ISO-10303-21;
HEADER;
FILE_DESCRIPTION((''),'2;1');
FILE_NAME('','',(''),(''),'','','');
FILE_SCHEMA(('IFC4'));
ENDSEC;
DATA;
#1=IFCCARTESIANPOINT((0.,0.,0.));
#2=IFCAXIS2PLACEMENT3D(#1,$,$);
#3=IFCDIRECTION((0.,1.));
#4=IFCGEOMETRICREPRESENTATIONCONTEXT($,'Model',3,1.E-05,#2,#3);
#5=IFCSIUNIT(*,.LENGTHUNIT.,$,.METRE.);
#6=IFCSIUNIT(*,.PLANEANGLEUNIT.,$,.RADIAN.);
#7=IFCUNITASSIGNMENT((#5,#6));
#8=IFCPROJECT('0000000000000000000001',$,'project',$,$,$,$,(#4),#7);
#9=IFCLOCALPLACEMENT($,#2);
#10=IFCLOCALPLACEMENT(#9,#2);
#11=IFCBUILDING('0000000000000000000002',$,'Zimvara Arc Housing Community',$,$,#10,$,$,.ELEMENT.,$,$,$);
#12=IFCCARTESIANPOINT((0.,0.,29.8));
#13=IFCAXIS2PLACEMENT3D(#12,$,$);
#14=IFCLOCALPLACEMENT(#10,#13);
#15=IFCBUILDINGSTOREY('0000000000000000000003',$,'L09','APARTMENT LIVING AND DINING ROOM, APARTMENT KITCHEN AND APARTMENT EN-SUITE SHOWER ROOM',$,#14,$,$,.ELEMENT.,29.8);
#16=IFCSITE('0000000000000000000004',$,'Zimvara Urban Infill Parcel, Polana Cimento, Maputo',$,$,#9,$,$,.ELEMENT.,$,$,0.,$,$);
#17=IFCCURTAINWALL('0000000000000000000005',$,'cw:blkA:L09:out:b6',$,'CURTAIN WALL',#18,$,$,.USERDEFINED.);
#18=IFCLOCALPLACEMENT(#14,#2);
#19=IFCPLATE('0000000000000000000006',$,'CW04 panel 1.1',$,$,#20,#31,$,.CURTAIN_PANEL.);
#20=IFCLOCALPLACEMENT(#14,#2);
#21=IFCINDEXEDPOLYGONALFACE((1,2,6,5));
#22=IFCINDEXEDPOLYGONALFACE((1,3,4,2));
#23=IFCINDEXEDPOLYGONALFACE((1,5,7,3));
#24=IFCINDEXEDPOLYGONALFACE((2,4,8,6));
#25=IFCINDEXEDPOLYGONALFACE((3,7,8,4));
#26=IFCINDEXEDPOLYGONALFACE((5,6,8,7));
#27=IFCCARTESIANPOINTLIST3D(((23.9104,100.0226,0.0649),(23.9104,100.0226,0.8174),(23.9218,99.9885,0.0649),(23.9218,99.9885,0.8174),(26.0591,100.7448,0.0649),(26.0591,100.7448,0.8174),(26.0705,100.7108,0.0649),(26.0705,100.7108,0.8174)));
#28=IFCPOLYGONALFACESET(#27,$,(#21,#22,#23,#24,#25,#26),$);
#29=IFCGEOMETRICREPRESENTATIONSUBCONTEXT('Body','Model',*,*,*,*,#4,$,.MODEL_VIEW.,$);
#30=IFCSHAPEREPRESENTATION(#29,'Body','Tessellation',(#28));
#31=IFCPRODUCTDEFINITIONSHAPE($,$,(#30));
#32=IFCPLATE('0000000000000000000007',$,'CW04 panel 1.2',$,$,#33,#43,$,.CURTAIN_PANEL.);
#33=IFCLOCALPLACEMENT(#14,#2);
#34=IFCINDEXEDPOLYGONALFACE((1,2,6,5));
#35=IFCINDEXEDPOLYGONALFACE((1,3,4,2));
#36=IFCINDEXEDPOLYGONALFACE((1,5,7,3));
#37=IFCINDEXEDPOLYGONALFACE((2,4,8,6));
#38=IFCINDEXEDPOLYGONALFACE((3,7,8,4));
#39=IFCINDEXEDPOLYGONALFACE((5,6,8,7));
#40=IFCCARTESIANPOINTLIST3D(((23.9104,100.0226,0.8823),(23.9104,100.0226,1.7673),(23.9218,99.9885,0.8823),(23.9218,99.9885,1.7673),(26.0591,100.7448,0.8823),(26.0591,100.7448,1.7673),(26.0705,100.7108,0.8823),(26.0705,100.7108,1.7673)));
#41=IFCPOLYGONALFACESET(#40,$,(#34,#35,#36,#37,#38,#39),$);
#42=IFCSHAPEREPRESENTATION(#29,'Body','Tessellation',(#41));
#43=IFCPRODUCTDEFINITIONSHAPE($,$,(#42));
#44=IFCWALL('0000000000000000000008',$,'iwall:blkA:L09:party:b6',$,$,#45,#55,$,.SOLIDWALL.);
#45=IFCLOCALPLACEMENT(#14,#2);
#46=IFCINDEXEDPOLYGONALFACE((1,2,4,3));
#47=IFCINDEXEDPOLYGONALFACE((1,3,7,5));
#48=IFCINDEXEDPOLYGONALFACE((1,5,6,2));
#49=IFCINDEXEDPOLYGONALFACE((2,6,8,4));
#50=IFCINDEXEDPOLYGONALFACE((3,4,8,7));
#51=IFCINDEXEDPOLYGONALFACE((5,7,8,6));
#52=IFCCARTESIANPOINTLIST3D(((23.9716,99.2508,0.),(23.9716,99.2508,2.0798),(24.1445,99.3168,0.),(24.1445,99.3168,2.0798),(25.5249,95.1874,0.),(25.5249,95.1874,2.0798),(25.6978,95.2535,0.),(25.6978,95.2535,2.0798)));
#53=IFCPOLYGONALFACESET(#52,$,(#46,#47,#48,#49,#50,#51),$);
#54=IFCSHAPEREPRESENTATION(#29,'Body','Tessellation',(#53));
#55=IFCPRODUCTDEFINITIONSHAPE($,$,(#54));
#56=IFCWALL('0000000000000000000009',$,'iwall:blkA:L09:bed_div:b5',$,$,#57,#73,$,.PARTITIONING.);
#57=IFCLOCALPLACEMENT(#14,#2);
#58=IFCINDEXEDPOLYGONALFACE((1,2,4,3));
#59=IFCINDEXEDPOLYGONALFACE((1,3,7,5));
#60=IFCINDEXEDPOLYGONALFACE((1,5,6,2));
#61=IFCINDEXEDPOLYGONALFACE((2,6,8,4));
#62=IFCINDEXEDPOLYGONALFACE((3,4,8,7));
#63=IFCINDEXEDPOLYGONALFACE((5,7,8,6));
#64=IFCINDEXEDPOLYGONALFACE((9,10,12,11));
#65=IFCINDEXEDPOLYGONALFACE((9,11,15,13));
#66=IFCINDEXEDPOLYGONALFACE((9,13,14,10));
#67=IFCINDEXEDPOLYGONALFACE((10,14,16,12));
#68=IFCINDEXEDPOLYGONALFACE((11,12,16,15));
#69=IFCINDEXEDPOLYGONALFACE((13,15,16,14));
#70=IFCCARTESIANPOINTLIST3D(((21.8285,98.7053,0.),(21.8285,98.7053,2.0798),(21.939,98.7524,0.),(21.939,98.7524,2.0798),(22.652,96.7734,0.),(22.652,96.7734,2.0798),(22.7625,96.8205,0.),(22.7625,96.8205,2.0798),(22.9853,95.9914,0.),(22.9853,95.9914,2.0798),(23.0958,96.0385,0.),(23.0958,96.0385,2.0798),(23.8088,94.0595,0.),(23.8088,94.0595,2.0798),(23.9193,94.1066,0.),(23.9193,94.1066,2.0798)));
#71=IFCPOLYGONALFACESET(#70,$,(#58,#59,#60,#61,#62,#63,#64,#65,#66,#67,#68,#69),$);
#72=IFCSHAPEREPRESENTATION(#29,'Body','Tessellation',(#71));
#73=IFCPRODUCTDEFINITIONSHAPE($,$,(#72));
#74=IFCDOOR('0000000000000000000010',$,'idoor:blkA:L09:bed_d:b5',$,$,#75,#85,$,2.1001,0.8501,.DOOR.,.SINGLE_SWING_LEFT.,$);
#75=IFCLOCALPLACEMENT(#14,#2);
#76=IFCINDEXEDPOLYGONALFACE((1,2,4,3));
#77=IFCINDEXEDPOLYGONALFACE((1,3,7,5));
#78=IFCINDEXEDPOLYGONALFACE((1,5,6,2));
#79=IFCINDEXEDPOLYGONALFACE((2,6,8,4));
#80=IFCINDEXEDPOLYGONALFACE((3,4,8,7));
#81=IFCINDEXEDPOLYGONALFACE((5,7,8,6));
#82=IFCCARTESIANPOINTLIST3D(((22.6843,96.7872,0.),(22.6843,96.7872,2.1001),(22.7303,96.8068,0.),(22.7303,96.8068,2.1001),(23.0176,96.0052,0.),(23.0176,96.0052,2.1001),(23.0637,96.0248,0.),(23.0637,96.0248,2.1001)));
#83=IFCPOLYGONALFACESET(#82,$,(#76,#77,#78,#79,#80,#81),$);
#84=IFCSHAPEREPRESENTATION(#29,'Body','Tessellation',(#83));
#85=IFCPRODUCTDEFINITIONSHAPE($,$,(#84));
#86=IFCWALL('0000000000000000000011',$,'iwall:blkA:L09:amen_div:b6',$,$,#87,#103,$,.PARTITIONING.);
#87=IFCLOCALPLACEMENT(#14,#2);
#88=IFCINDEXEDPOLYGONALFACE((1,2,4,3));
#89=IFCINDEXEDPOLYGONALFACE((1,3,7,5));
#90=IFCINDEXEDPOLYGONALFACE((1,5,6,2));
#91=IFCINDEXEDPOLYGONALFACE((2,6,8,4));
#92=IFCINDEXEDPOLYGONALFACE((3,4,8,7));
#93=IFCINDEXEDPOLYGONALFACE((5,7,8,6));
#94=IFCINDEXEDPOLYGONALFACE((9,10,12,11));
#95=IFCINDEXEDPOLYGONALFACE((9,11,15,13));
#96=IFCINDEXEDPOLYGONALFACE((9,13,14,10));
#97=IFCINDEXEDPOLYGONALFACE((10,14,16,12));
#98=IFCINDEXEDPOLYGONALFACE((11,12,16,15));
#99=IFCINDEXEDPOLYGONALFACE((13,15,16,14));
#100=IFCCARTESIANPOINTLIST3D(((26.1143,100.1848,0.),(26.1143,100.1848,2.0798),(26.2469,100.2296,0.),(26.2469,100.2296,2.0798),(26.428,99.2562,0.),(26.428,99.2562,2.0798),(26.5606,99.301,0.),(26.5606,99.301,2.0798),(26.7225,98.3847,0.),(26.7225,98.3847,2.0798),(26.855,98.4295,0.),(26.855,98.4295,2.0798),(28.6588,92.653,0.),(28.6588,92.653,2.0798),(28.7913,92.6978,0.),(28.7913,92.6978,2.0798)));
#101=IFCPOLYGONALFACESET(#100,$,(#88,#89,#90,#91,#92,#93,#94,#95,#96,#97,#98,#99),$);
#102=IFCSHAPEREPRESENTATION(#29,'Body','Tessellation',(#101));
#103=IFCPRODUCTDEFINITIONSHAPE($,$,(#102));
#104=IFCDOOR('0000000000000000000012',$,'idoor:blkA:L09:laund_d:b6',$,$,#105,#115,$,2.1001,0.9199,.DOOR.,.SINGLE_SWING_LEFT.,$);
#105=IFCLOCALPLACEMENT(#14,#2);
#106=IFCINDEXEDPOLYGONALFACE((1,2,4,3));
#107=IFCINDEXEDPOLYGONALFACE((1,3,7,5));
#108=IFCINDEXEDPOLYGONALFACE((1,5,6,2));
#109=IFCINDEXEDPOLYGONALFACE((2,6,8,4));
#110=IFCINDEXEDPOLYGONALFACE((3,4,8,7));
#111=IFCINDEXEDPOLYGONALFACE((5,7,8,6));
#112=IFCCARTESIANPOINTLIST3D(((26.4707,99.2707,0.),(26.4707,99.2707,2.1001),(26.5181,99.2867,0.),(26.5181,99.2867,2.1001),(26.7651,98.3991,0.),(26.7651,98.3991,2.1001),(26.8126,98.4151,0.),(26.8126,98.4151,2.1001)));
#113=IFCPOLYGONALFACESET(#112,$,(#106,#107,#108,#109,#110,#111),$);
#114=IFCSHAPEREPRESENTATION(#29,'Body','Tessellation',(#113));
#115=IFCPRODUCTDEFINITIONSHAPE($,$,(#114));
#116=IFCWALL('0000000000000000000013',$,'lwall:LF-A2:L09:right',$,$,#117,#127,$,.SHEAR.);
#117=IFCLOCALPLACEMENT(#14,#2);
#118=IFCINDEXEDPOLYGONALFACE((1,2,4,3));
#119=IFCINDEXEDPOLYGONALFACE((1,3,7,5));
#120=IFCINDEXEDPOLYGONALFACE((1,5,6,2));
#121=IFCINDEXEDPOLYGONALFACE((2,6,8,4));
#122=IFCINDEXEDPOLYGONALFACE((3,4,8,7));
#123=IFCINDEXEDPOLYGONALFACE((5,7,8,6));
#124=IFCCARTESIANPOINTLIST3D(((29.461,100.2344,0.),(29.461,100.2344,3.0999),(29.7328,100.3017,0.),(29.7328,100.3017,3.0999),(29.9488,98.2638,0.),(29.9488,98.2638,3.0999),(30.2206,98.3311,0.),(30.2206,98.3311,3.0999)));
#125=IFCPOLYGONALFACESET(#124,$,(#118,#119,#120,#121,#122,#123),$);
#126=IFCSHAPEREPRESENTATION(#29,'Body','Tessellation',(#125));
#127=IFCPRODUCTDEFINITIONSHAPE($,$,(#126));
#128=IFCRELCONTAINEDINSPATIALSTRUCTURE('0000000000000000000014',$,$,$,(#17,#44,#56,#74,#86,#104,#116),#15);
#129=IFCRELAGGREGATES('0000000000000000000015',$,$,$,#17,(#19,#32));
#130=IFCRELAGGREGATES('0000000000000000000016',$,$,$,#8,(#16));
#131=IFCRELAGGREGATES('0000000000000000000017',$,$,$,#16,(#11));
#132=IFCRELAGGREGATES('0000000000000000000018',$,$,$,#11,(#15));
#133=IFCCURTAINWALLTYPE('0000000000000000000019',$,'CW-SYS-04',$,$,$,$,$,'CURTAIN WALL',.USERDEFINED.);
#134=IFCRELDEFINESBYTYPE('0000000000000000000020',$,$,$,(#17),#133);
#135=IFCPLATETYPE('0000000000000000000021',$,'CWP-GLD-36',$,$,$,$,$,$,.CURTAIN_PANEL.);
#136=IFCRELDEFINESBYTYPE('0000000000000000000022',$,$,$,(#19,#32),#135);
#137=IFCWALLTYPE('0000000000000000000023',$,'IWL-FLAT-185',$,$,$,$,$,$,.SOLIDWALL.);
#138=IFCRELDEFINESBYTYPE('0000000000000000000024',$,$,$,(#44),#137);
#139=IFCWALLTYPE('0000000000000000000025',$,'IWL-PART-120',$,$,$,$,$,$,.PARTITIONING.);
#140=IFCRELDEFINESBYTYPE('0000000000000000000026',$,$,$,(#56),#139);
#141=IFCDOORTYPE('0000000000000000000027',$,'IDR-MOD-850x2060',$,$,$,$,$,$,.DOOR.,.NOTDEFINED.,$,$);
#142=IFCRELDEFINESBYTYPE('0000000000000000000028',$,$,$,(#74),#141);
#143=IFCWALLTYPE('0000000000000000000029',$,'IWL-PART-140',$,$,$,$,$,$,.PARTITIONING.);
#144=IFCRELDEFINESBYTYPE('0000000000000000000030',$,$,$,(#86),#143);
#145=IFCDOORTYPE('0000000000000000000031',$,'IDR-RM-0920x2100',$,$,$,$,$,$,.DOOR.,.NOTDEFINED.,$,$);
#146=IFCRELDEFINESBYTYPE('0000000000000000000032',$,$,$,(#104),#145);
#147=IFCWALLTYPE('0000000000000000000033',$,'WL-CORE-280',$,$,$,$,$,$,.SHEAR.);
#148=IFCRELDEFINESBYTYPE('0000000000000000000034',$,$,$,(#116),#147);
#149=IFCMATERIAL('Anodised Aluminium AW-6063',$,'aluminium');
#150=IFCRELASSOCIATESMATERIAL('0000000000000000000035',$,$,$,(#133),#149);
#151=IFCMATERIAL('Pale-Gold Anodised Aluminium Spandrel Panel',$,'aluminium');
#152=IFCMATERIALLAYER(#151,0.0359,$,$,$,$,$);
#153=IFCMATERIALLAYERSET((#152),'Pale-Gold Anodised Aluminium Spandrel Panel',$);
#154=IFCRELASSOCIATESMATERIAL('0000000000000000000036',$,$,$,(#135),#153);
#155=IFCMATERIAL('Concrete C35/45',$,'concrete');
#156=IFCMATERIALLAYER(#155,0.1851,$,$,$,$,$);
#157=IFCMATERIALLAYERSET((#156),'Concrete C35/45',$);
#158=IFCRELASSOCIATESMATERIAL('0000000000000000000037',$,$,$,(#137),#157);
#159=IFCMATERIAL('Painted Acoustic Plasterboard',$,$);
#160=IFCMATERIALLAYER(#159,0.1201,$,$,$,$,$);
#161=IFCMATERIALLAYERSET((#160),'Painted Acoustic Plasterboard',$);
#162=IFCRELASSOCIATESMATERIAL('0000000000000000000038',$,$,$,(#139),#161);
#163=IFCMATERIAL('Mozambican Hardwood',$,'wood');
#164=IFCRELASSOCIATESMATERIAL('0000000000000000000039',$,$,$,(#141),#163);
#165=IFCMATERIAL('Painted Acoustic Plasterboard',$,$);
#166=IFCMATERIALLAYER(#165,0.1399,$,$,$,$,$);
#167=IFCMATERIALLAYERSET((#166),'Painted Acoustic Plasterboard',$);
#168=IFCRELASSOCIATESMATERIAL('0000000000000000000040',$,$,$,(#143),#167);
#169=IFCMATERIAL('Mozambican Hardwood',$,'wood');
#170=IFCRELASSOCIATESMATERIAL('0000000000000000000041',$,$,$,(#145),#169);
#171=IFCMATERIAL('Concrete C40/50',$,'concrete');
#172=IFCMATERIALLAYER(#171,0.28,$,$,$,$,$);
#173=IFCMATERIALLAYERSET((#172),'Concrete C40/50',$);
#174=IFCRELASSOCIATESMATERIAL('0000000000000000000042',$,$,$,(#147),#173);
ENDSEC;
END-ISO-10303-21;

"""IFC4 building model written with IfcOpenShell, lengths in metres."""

from ifc_helpers import new_model, si_unit, direction, frame, frame_2d, origin, origin_2d, place, context, subcontext, project, spatial, rectangle, extrude, material, layer, layer_set, type_object, element, fill, aggregate, save


model = new_model("IFC4")

# Units and contexts
model_context = context("Model", 3, precision=1e-05, world=origin(), true_north=direction((0.0, 1.0)))
body_context = subcontext(model_context, "Body", "Model", "MODEL_VIEW")
ifc_project = project(units=[si_unit("LENGTHUNIT", "METRE"), si_unit("PLANEANGLEUNIT", "RADIAN")], contexts=[model_context])

# Site, building, storey
site_placement = place(None, origin())
site = spatial("IfcSite", under=ifc_project, at=site_placement, Name="Zimvara Urban Infill Parcel, Polana Cimento, Maputo", CompositionType="ELEMENT", RefElevation=0.0)
building_placement = place(site_placement, origin())
building = spatial("IfcBuilding", under=site, at=building_placement, Name="Zimvara Arc Housing Community", CompositionType="ELEMENT")
storey_placement = place(building_placement, frame((0.0, 0.0, 29.8)))
storey = spatial("IfcBuildingStorey", under=building, at=storey_placement, Name="L09", Description="APARTMENT LIVING AND DINING ROOM, APARTMENT KITCHEN AND APARTMENT EN-SUITE SHOWER ROOM", CompositionType="ELEMENT", Elevation=29.8)

# Curtain wall, plates
ifc_material_1 = material(Name="Anodised Aluminium AW-6063", Category="aluminium")
curtain_wall_type = type_object("IfcCurtainWallType", Name="CW-SYS-04", ElementType="CURTAIN WALL", PredefinedType="USERDEFINED", material=ifc_material_1)
curtain_wall_placement = place(storey_placement, origin())
curtain_wall = element("IfcCurtainWall", 1, at=curtain_wall_placement, inside=storey, type_object=curtain_wall_type, Name="cw:blkA:L09:out:b6", ObjectType="CURTAIN WALL", PredefinedType="USERDEFINED")
ifc_material_2 = material(Name="Pale-Gold Anodised Aluminium Spandrel Panel", Category="aluminium")
ifc_layer_1 = layer(ifc_material_2, 0.0359)
ifc_layer_set_1 = layer_set([ifc_layer_1], Name="Pale-Gold Anodised Aluminium Spandrel Panel")
plate_type = type_object("IfcPlateType", Name="CWP-GLD-36", PredefinedType="CURTAIN_PANEL", material=ifc_layer_set_1)
plate_1_placement = place(storey_placement, frame((24.9905, 100.3667, 0.0649), z_axis=(0.0, 0.0, 1.0), x_axis=(0.94788, 0.318629, 0.0)))
plate_1 = element("IfcPlate", 2, at=plate_1_placement, type_object=plate_type, Name="CW04 panel 1.1", PredefinedType="CURTAIN_PANEL", context=body_context, shape_type="SweptSolid", body=[
    extrude(rectangle(XDim=2.2668, YDim=0.0359, at=origin_2d()), origin(), (0.0, 0.0, 1.0), 0.7524),
])
plate_2_placement = place(storey_placement, frame((24.9905, 100.3667, 0.8823), z_axis=(0.0, 0.0, 1.0), x_axis=(0.94788, 0.318629, 0.0)))
plate_2 = element("IfcPlate", 3, at=plate_2_placement, type_object=plate_type, Name="CW04 panel 1.2", PredefinedType="CURTAIN_PANEL", context=body_context, shape_type="SweptSolid", body=[
    extrude(rectangle(XDim=2.2668, YDim=0.0359, at=origin_2d()), origin(), (0.0, 0.0, 1.0), 0.885),
])
aggregate(curtain_wall, [plate_1, plate_2])

# Wall
ifc_material_3 = material(Name="Concrete C35/45", Category="concrete")
ifc_layer_2 = layer(ifc_material_3, 0.1851)
ifc_layer_set_2 = layer_set([ifc_layer_2], Name="Concrete C35/45")
wall_type_1 = type_object("IfcWallType", Name="IWL-FLAT-185", PredefinedType="SOLIDWALL", material=ifc_layer_set_2)
wall_1_placement = place(storey_placement, frame((25.6113, 95.2205, 0.0), z_axis=(0.0, 0.0, 1.0), x_axis=(-0.357064, 0.93408, 0.0)))
element("IfcWall", 4, at=wall_1_placement, inside=storey, type_object=wall_type_1, Name="iwall:blkA:L09:party:b6", PredefinedType="SOLIDWALL", context=body_context, shape_type="SweptSolid", body=[
    extrude(rectangle(XDim=4.3501, YDim=0.1851, at=frame_2d((2.175, 0.0))), origin(), (0.0, 0.0, 1.0), 2.0798),
])

# Walls, openings, doors
ifc_material_4 = material(Name="Painted Acoustic Plasterboard")
ifc_layer_3 = layer(ifc_material_4, 0.1201)
ifc_layer_set_3 = layer_set([ifc_layer_3], Name="Painted Acoustic Plasterboard")
wall_type_2 = type_object("IfcWallType", Name="IWL-PART-120", PredefinedType="PARTITIONING", material=ifc_layer_set_3)
wall_2_placement = place(storey_placement, frame((23.864, 94.083, 0.0), z_axis=(0.0, 0.0, 1.0), x_axis=(-0.39211, 0.919918, 0.0)))
wall_2 = element("IfcWall", 5, at=wall_2_placement, inside=storey, type_object=wall_type_2, Name="iwall:blkA:L09:bed_div:b5", PredefinedType="PARTITIONING", context=body_context, shape_type="SweptSolid", body=[
    extrude(rectangle(XDim=5.0503, YDim=0.1201, at=frame_2d((2.5251, 0.0))), origin(), (0.0, 0.0, 1.0), 2.0798),
])
opening_1_placement = place(wall_2_placement, frame((2.1001, 0.0, 0.0)))
opening_1 = element("IfcOpeningElement", 6, at=opening_1_placement, cuts=wall_2, PredefinedType="OPENING", context=body_context, shape_type="SweptSolid", body=[
    extrude(rectangle(XDim=0.8501, YDim=2.1001, at=frame_2d((0.425, 1.05))), frame((0.0, 0.0701, 0.0), z_axis=(0.0, -1.0, 0.0), x_axis=(1.0, 0.0, 0.0)), (0.0, 0.0, 1.0), 0.1401),
])
ifc_material_5 = material(Name="Mozambican Hardwood", Category="wood")
door_type_1 = type_object("IfcDoorType", Name="IDR-MOD-850x2060", OperationType="NOTDEFINED", PredefinedType="DOOR", material=ifc_material_5)
door_1_placement = place(opening_1_placement, origin())
door_1 = element("IfcDoor", 7, at=door_1_placement, inside=storey, type_object=door_type_1, Name="idoor:blkA:L09:bed_d:b5", OperationType="SINGLE_SWING_LEFT", OverallHeight=2.1001, OverallWidth=0.8501, PredefinedType="DOOR", context=body_context, shape_type="SweptSolid", body=[
    extrude(rectangle(XDim=0.8501, YDim=2.1001, at=frame_2d((0.425, 1.05))), frame((0.0, 0.0249, 0.0), z_axis=(0.0, -1.0, 0.0), x_axis=(1.0, 0.0, 0.0)), (0.0, 0.0, 1.0), 0.05),
])
fill(opening_1, door_1)
ifc_material_6 = material(Name="Painted Acoustic Plasterboard")
ifc_layer_4 = layer(ifc_material_6, 0.1399)
ifc_layer_set_4 = layer_set([ifc_layer_4], Name="Painted Acoustic Plasterboard")
wall_type_3 = type_object("IfcWallType", Name="IWL-PART-140", PredefinedType="PARTITIONING", material=ifc_layer_set_4)
wall_3_placement = place(storey_placement, frame((28.7251, 92.6753, 0.0), z_axis=(0.0, 0.0, 1.0), x_axis=(-0.320058, 0.947398, 0.0)))
wall_3 = element("IfcWall", 8, at=wall_3_placement, inside=storey, type_object=wall_type_3, Name="iwall:blkA:L09:amen_div:b6", PredefinedType="PARTITIONING", context=body_context, shape_type="SweptSolid", body=[
    extrude(rectangle(XDim=7.95, YDim=0.1399, at=frame_2d((3.9751, 0.0))), origin(), (0.0, 0.0, 1.0), 2.0798),
])
opening_2_placement = place(wall_3_placement, frame((6.05, 0.0, 0.0)))
opening_2 = element("IfcOpeningElement", 9, at=opening_2_placement, cuts=wall_3, PredefinedType="OPENING", context=body_context, shape_type="SweptSolid", body=[
    extrude(rectangle(XDim=0.9199, YDim=2.1001, at=frame_2d((0.46, 1.05))), frame((0.0, 0.0798, 0.0), z_axis=(0.0, -1.0, 0.0), x_axis=(1.0, 0.0, 0.0)), (0.0, 0.0, 1.0), 0.1599),
])
ifc_material_7 = material(Name="Mozambican Hardwood", Category="wood")
door_type_2 = type_object("IfcDoorType", Name="IDR-RM-0920x2100", OperationType="NOTDEFINED", PredefinedType="DOOR", material=ifc_material_7)
door_2_placement = place(opening_2_placement, origin())
door_2 = element("IfcDoor", 10, at=door_2_placement, inside=storey, type_object=door_type_2, Name="idoor:blkA:L09:laund_d:b6", OperationType="SINGLE_SWING_LEFT", OverallHeight=2.1001, OverallWidth=0.9199, PredefinedType="DOOR", context=body_context, shape_type="SweptSolid", body=[
    extrude(rectangle(XDim=0.9199, YDim=2.1001, at=frame_2d((0.46, 1.05))), frame((0.0, 0.0249, 0.0), z_axis=(0.0, -1.0, 0.0), x_axis=(1.0, 0.0, 0.0)), (0.0, 0.0, 1.0), 0.05),
])
fill(opening_2, door_2)

# Wall
ifc_material_8 = material(Name="Concrete C40/50", Category="concrete")
ifc_layer_5 = layer(ifc_material_8, 0.28)
ifc_layer_set_5 = layer_set([ifc_layer_5], Name="Concrete C40/50")
wall_type_4 = type_object("IfcWallType", Name="WL-CORE-280", PredefinedType="SHEAR", material=ifc_layer_set_5)
wall_4_placement = place(storey_placement, frame((30.0847, 98.2974, 0.0), z_axis=(0.0, 0.0, 1.0), x_axis=(-0.240299, 0.970699, 0.0)))
element("IfcWall", 11, at=wall_4_placement, inside=storey, type_object=wall_type_4, Name="lwall:LF-A2:L09:right", PredefinedType="SHEAR", context=body_context, shape_type="SweptSolid", body=[
    extrude(rectangle(XDim=2.03, YDim=0.28, at=frame_2d((1.0151, 0.0))), origin(), (0.0, 0.0, 1.0), 3.0999),
])

save(model, "model.ifc")
